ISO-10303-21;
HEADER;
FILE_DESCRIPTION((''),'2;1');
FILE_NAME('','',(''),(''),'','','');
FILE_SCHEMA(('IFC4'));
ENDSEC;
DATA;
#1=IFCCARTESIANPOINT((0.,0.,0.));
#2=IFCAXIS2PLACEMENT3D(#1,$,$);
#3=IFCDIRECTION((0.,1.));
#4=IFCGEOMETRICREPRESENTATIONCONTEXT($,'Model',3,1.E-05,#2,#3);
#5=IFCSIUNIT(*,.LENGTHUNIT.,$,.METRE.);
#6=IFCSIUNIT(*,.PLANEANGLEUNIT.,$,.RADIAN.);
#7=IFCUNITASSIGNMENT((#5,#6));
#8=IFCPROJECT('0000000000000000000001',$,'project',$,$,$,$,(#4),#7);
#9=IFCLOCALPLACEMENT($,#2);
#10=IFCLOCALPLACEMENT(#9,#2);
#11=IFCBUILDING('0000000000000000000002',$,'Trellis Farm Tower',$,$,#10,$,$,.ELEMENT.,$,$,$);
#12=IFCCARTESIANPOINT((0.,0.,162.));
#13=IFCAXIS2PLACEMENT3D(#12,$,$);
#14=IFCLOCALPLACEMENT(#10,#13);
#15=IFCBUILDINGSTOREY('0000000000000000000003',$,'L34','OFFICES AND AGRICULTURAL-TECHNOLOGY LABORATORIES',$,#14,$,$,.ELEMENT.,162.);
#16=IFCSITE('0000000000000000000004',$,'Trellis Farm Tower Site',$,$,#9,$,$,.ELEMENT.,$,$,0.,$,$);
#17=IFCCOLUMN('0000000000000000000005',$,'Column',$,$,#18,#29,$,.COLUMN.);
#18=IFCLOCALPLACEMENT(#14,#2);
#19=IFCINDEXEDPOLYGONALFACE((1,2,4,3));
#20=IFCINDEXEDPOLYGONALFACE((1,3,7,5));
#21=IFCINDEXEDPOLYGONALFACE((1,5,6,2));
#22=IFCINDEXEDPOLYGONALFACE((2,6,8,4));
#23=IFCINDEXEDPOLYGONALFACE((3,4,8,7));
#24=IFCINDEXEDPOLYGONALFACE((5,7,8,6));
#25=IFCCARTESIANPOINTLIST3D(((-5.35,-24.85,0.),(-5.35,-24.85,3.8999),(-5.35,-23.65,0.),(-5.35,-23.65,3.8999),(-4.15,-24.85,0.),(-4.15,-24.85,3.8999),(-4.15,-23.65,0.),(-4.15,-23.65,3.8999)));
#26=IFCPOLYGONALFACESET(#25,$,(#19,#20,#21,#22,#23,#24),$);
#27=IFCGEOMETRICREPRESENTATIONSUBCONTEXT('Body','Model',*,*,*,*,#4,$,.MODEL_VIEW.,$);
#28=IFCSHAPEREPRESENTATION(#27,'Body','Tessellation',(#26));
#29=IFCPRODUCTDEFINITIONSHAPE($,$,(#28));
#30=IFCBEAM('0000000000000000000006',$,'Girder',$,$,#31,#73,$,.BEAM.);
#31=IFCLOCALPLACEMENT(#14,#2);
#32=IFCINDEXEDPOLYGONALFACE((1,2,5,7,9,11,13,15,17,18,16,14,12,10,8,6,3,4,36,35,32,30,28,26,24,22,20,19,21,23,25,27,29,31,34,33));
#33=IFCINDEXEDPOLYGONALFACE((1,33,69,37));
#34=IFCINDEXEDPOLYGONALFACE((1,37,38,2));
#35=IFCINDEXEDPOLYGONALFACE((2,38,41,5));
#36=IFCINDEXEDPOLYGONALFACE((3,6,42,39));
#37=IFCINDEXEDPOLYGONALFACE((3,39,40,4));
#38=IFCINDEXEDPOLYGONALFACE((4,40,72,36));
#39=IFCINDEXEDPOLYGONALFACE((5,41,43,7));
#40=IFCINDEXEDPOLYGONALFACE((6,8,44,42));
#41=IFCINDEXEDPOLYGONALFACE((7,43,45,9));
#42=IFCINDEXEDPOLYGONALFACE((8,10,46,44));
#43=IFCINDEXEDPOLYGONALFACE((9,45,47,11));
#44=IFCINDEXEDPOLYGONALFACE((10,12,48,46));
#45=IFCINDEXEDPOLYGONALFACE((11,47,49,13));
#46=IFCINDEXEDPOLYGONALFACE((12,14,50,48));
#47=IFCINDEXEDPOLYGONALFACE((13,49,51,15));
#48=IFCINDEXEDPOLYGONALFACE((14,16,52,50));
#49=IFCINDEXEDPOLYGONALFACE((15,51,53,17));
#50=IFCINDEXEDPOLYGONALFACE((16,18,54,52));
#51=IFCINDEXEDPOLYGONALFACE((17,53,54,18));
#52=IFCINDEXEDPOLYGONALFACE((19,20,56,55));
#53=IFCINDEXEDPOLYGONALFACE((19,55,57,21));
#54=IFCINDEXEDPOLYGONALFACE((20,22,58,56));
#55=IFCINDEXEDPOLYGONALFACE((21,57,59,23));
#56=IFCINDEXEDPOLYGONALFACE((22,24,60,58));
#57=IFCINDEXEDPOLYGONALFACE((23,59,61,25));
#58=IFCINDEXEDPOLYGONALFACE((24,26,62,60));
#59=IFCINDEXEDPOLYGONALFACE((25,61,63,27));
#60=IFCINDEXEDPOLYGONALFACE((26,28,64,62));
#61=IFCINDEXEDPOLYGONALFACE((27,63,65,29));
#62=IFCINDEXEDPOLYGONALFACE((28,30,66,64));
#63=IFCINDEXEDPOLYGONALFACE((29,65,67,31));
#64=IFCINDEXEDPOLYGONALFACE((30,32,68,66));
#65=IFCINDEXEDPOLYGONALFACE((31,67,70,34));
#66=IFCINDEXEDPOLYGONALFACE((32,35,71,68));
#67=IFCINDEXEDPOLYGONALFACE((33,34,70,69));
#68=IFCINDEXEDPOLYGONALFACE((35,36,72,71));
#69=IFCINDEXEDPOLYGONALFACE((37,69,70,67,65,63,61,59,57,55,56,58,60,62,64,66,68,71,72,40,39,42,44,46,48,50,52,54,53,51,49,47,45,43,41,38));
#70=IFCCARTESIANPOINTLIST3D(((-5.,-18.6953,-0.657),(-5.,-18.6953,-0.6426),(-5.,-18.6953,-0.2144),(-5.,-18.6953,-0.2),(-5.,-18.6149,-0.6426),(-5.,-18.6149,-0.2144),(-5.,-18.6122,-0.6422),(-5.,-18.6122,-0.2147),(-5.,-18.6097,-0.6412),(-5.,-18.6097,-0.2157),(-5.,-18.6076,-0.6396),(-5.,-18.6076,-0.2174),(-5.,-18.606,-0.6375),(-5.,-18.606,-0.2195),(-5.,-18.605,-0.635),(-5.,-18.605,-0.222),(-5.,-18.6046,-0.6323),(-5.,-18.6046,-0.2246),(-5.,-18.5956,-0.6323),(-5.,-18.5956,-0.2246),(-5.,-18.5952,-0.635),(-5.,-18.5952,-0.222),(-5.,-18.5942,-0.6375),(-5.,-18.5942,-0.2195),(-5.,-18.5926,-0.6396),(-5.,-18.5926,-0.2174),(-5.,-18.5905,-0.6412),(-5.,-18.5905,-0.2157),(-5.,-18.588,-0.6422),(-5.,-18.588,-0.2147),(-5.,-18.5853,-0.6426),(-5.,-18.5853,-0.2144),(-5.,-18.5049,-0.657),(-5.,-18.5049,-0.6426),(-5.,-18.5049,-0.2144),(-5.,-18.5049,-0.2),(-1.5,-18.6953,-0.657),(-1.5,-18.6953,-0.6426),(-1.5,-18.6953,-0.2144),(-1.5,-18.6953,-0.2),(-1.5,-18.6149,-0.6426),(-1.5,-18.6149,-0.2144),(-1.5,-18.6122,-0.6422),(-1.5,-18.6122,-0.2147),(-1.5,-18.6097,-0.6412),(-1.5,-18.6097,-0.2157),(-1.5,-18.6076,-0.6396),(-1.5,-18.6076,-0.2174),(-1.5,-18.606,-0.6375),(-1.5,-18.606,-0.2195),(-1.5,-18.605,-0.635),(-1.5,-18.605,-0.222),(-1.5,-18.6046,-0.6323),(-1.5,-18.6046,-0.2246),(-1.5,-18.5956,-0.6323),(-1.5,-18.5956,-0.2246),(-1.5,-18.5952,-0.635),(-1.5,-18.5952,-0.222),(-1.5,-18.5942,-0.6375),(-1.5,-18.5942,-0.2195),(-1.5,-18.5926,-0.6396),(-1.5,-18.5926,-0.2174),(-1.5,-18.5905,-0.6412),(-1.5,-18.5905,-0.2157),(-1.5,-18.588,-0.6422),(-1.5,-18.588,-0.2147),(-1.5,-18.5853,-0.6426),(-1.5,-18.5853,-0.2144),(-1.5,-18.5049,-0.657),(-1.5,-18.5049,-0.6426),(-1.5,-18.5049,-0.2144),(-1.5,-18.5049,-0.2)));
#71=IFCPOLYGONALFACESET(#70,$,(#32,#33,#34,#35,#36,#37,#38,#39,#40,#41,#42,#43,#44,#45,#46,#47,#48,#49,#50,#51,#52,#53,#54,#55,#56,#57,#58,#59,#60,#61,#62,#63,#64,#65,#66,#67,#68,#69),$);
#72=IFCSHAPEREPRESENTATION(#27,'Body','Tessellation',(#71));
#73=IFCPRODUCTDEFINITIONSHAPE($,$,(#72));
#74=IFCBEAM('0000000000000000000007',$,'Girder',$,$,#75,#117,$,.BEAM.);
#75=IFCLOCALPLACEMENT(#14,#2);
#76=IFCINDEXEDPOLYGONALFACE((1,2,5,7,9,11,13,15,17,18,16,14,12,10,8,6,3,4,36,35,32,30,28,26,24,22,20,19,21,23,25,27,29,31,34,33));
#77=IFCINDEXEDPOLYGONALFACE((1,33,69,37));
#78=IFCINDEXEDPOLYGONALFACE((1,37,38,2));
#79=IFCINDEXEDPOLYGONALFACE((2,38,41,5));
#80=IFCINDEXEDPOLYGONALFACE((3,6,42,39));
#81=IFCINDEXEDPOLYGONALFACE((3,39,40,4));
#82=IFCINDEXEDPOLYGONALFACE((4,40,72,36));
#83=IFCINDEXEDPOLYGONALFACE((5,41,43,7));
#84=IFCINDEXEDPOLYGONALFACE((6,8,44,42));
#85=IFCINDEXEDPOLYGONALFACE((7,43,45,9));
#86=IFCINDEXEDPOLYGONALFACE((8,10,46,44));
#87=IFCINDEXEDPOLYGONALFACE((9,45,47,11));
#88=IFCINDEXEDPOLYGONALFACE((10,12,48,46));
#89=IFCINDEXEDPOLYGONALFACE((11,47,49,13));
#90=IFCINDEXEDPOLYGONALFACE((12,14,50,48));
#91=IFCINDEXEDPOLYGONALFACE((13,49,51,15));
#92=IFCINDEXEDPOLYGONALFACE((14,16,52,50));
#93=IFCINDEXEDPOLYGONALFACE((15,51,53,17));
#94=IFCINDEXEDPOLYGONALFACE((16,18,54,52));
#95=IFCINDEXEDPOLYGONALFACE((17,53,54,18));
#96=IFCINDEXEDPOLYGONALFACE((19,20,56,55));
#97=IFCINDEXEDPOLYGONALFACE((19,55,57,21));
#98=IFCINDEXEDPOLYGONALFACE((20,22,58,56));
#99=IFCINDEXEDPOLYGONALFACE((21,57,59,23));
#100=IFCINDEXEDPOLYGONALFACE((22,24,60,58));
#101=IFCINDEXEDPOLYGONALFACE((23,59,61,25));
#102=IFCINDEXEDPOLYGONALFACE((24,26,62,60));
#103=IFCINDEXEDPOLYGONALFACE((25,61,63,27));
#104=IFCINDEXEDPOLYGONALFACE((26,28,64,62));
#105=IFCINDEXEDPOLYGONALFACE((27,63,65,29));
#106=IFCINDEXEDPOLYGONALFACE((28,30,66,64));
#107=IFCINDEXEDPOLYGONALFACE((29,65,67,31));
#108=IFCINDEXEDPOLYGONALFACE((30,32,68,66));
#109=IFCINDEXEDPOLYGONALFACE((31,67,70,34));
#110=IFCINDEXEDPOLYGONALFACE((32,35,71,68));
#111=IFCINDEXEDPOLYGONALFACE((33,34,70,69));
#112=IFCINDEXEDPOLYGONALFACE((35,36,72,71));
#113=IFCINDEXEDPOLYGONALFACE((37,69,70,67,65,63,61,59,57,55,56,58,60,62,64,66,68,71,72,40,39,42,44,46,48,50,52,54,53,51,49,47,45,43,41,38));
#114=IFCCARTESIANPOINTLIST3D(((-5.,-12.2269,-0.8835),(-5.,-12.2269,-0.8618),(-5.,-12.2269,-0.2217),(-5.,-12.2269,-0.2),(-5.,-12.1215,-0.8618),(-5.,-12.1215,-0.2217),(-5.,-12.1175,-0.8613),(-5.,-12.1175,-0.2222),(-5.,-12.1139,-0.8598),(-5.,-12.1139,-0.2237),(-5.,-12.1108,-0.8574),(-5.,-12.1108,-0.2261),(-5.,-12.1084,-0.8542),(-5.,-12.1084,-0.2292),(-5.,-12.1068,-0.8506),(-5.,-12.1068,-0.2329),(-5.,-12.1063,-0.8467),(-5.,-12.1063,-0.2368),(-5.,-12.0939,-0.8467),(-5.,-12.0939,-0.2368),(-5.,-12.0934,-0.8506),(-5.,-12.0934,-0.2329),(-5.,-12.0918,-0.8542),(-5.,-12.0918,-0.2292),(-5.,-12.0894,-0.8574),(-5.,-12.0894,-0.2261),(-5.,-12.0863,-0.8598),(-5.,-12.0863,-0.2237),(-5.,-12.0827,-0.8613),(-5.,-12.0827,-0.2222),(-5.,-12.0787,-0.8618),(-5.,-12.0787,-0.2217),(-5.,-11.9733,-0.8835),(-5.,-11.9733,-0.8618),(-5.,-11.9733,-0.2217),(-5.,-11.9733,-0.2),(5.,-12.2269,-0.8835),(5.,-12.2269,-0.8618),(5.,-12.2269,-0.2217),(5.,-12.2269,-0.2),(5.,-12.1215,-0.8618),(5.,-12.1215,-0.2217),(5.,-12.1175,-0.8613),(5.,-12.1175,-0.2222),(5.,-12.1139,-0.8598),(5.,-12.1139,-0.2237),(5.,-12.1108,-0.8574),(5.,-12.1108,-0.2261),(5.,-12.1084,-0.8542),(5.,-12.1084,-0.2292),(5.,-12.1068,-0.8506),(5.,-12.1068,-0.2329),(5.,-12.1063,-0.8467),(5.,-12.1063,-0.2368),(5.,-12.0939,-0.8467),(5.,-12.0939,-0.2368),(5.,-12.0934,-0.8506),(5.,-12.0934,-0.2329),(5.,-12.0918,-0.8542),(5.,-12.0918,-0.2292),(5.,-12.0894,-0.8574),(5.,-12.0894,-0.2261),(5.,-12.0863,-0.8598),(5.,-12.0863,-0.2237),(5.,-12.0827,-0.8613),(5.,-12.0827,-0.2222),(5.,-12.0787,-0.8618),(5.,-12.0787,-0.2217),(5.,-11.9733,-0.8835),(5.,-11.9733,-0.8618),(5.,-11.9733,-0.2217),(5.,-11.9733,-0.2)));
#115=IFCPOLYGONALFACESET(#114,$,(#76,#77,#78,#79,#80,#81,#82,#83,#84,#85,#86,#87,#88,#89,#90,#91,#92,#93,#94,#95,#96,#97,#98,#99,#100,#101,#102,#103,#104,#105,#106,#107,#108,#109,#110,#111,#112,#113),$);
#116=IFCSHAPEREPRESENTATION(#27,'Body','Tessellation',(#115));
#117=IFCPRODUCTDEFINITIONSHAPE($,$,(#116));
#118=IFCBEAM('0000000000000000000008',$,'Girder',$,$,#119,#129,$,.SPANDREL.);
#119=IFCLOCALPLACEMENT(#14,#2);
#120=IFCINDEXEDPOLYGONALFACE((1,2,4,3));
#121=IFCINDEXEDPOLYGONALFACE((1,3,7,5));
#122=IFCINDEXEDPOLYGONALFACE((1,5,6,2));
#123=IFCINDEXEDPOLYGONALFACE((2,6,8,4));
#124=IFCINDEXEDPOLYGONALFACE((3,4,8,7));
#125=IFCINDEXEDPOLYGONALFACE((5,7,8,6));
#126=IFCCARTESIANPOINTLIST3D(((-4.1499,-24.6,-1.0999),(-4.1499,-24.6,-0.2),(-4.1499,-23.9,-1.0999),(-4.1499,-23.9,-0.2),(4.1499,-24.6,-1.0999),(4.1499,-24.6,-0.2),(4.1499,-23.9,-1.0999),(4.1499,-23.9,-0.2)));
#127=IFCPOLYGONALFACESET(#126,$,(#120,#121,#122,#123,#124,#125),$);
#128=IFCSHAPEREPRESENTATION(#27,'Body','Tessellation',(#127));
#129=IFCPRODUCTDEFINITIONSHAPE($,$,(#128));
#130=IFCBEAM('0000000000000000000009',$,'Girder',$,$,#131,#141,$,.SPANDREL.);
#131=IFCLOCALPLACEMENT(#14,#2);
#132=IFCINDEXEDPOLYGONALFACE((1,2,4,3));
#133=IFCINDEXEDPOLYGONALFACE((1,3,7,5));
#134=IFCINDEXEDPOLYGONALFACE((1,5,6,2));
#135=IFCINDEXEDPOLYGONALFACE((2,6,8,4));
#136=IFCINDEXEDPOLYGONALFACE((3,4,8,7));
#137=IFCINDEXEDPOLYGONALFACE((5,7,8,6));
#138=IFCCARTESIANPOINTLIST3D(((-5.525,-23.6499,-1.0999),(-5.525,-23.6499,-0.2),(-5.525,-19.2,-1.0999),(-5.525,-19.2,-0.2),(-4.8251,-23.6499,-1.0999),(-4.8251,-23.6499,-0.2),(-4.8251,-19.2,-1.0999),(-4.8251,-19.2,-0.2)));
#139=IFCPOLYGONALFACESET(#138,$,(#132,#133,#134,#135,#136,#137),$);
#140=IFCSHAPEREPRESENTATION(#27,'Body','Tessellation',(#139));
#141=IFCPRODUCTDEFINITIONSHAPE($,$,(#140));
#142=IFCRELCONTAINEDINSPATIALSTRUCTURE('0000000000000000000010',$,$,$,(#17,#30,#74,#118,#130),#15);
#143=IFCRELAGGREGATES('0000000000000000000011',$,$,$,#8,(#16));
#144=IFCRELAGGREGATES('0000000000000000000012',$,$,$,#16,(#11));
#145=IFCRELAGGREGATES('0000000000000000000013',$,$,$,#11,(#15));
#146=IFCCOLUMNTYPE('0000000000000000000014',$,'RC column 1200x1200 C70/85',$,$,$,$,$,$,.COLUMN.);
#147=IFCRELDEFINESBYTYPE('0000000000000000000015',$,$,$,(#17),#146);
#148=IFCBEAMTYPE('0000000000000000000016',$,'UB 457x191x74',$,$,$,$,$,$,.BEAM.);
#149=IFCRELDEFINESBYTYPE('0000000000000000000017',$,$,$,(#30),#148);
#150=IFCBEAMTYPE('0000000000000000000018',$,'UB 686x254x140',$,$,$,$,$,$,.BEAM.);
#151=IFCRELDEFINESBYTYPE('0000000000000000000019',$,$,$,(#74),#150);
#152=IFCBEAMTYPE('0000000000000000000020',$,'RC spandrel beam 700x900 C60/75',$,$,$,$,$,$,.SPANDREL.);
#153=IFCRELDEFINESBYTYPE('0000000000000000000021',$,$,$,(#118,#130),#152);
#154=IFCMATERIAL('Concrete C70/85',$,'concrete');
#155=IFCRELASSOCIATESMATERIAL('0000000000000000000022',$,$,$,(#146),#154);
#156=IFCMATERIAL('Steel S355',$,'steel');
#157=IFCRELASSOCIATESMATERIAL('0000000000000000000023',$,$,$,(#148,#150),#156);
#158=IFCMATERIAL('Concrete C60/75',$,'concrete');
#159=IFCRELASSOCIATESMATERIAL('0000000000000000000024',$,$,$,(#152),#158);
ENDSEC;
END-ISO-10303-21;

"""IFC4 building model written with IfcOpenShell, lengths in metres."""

from ifc_helpers import new_model, si_unit, direction, frame, origin, origin_2d, place, context, subcontext, project, spatial, rectangle, i_section, extrude, source, transform, mapped, material, material_profile, profile_set, type_object, element, save


model = new_model("IFC4")

# Units and contexts
model_context = context("Model", 3, precision=1e-05, world=origin(), true_north=direction((0.0, 1.0)))
body_context = subcontext(model_context, "Body", "Model", "MODEL_VIEW")
ifc_project = project(units=[si_unit("LENGTHUNIT", "METRE"), si_unit("PLANEANGLEUNIT", "RADIAN")], contexts=[model_context])

# Site, building, storey
site_placement = place(None, origin())
site = spatial("IfcSite", under=ifc_project, at=site_placement, Name="Trellis Farm Tower Site", CompositionType="ELEMENT", RefElevation=0.0)
building_placement = place(site_placement, origin())
building = spatial("IfcBuilding", under=site, at=building_placement, Name="Trellis Farm Tower", CompositionType="ELEMENT")
storey_placement = place(building_placement, frame((0.0, 0.0, 162.0)))
storey = spatial("IfcBuildingStorey", under=building, at=storey_placement, Name="L34", Description="OFFICES AND AGRICULTURAL-TECHNOLOGY LABORATORIES", CompositionType="ELEMENT", Elevation=162.0)

# Column
ifc_material_1 = material(Name="Concrete C70/85", Category="concrete")
ifc_material_profile_1 = material_profile(ifc_material_1, rectangle(XDim=1.2, YDim=1.2, at=origin_2d()), Name="RC column 1200x1200 C70/85")
ifc_profile_set_1 = profile_set([ifc_material_profile_1], Name="Concrete C70/85")
column_type = type_object("IfcColumnType", Name="RC column 1200x1200 C70/85", PredefinedType="COLUMN", material=ifc_profile_set_1)
shared_shape_1 = source(origin(), body_context, "Body", "SweptSolid", [
    extrude(rectangle(XDim=1.2, YDim=1.2, at=origin_2d()), origin(), (0.0, 0.0, 1.0), 3.8999),
])
column_placement = place(storey_placement, frame((-4.75, -24.25, 0.0), z_axis=(0.0, 0.0, 1.0), x_axis=(1.0, 0.0, 0.0)))
element("IfcColumn", 1, at=column_placement, inside=storey, type_object=column_type, Name="Column", PredefinedType="COLUMN", context=body_context, shape_type="MappedRepresentation", body=[
    mapped(shared_shape_1, transform((0.0, 0.0, 0.0))),
])

# Beams
ifc_material_2 = material(Name="Steel S355", Category="steel")
ifc_material_profile_2 = material_profile(ifc_material_2, i_section(OverallWidth=0.1904, OverallDepth=0.457, WebThickness=0.009, FlangeThickness=0.0144, FilletRadius=0.0103, at=origin_2d()), Name="UB 457x191x74")
ifc_profile_set_2 = profile_set([ifc_material_profile_2], Name="Steel S355")
beam_type_1 = type_object("IfcBeamType", Name="UB 457x191x74", PredefinedType="BEAM", material=ifc_profile_set_2)
shared_shape_2 = source(origin(), body_context, "Body", "SweptSolid", [
    extrude(i_section(OverallWidth=0.1904, OverallDepth=0.457, WebThickness=0.009, FlangeThickness=0.0144, FilletRadius=0.0103, at=origin_2d()), origin(), (0.0, 0.0, 1.0), 3.5),
])
beam_1_placement = place(storey_placement, frame((-5.0, -18.6001, -0.4285), z_axis=(1.0, 0.0, 0.0), x_axis=(0.0, 1.0, 0.0)))
element("IfcBeam", 2, at=beam_1_placement, inside=storey, type_object=beam_type_1, Name="Girder", PredefinedType="BEAM", context=body_context, shape_type="MappedRepresentation", body=[
    mapped(shared_shape_2, transform((0.0, 0.0, 0.0))),
])
ifc_material_profile_3 = material_profile(ifc_material_2, i_section(OverallWidth=0.2537, OverallDepth=0.6836, WebThickness=0.0125, FlangeThickness=0.0217, FilletRadius=0.0151, at=origin_2d()), Name="UB 686x254x140")
ifc_profile_set_3 = profile_set([ifc_material_profile_3], Name="Steel S355")
beam_type_2 = type_object("IfcBeamType", Name="UB 686x254x140", PredefinedType="BEAM", material=ifc_profile_set_3)
shared_shape_3 = source(origin(), body_context, "Body", "SweptSolid", [
    extrude(i_section(OverallWidth=0.2537, OverallDepth=0.6836, WebThickness=0.0125, FlangeThickness=0.0217, FilletRadius=0.0151, at=origin_2d()), origin(), (0.0, 0.0, 1.0), 10.0),
])
beam_2_placement = place(storey_placement, frame((-5.0, -12.1001, -0.5417), z_axis=(1.0, 0.0, 0.0), x_axis=(0.0, 1.0, 0.0)))
element("IfcBeam", 3, at=beam_2_placement, inside=storey, type_object=beam_type_2, Name="Girder", PredefinedType="BEAM", context=body_context, shape_type="MappedRepresentation", body=[
    mapped(shared_shape_3, transform((0.0, 0.0, 0.0))),
])
ifc_material_3 = material(Name="Concrete C60/75", Category="concrete")
ifc_material_profile_4 = material_profile(ifc_material_3, rectangle(XDim=0.7, YDim=0.8999, at=origin_2d()), Name="RC spandrel beam 700x900 C60/75")
ifc_profile_set_4 = profile_set([ifc_material_profile_4], Name="Concrete C60/75")
beam_type_3 = type_object("IfcBeamType", Name="RC spandrel beam 700x900 C60/75", PredefinedType="SPANDREL", material=ifc_profile_set_4)
shared_shape_4 = source(origin(), body_context, "Body", "SweptSolid", [
    extrude(rectangle(XDim=0.7, YDim=0.8999, at=origin_2d()), origin(), (0.0, 0.0, 1.0), 8.2998),
])
beam_3_placement = place(storey_placement, frame((-4.1499, -24.25, -0.6499), z_axis=(1.0, 0.0, 0.0), x_axis=(0.0, 1.0, 0.0)))
element("IfcBeam", 4, at=beam_3_placement, inside=storey, type_object=beam_type_3, Name="Girder", PredefinedType="SPANDREL", context=body_context, shape_type="MappedRepresentation", body=[
    mapped(shared_shape_4, transform((0.0, 0.0, 0.0))),
])
shared_shape_5 = source(origin(), body_context, "Body", "SweptSolid", [
    extrude(rectangle(XDim=0.7, YDim=0.8999, at=origin_2d()), origin(), (0.0, 0.0, 1.0), 4.45),
])
beam_4_placement = place(storey_placement, frame((-5.175, -23.6499, -0.6499), z_axis=(0.0, 1.0, 0.0), x_axis=(-1.0, 0.0, 0.0)))
element("IfcBeam", 5, at=beam_4_placement, inside=storey, type_object=beam_type_3, Name="Girder", PredefinedType="SPANDREL", context=body_context, shape_type="MappedRepresentation", body=[
    mapped(shared_shape_5, transform((0.0, 0.0, 0.0))),
])

save(model, "model.ifc")
